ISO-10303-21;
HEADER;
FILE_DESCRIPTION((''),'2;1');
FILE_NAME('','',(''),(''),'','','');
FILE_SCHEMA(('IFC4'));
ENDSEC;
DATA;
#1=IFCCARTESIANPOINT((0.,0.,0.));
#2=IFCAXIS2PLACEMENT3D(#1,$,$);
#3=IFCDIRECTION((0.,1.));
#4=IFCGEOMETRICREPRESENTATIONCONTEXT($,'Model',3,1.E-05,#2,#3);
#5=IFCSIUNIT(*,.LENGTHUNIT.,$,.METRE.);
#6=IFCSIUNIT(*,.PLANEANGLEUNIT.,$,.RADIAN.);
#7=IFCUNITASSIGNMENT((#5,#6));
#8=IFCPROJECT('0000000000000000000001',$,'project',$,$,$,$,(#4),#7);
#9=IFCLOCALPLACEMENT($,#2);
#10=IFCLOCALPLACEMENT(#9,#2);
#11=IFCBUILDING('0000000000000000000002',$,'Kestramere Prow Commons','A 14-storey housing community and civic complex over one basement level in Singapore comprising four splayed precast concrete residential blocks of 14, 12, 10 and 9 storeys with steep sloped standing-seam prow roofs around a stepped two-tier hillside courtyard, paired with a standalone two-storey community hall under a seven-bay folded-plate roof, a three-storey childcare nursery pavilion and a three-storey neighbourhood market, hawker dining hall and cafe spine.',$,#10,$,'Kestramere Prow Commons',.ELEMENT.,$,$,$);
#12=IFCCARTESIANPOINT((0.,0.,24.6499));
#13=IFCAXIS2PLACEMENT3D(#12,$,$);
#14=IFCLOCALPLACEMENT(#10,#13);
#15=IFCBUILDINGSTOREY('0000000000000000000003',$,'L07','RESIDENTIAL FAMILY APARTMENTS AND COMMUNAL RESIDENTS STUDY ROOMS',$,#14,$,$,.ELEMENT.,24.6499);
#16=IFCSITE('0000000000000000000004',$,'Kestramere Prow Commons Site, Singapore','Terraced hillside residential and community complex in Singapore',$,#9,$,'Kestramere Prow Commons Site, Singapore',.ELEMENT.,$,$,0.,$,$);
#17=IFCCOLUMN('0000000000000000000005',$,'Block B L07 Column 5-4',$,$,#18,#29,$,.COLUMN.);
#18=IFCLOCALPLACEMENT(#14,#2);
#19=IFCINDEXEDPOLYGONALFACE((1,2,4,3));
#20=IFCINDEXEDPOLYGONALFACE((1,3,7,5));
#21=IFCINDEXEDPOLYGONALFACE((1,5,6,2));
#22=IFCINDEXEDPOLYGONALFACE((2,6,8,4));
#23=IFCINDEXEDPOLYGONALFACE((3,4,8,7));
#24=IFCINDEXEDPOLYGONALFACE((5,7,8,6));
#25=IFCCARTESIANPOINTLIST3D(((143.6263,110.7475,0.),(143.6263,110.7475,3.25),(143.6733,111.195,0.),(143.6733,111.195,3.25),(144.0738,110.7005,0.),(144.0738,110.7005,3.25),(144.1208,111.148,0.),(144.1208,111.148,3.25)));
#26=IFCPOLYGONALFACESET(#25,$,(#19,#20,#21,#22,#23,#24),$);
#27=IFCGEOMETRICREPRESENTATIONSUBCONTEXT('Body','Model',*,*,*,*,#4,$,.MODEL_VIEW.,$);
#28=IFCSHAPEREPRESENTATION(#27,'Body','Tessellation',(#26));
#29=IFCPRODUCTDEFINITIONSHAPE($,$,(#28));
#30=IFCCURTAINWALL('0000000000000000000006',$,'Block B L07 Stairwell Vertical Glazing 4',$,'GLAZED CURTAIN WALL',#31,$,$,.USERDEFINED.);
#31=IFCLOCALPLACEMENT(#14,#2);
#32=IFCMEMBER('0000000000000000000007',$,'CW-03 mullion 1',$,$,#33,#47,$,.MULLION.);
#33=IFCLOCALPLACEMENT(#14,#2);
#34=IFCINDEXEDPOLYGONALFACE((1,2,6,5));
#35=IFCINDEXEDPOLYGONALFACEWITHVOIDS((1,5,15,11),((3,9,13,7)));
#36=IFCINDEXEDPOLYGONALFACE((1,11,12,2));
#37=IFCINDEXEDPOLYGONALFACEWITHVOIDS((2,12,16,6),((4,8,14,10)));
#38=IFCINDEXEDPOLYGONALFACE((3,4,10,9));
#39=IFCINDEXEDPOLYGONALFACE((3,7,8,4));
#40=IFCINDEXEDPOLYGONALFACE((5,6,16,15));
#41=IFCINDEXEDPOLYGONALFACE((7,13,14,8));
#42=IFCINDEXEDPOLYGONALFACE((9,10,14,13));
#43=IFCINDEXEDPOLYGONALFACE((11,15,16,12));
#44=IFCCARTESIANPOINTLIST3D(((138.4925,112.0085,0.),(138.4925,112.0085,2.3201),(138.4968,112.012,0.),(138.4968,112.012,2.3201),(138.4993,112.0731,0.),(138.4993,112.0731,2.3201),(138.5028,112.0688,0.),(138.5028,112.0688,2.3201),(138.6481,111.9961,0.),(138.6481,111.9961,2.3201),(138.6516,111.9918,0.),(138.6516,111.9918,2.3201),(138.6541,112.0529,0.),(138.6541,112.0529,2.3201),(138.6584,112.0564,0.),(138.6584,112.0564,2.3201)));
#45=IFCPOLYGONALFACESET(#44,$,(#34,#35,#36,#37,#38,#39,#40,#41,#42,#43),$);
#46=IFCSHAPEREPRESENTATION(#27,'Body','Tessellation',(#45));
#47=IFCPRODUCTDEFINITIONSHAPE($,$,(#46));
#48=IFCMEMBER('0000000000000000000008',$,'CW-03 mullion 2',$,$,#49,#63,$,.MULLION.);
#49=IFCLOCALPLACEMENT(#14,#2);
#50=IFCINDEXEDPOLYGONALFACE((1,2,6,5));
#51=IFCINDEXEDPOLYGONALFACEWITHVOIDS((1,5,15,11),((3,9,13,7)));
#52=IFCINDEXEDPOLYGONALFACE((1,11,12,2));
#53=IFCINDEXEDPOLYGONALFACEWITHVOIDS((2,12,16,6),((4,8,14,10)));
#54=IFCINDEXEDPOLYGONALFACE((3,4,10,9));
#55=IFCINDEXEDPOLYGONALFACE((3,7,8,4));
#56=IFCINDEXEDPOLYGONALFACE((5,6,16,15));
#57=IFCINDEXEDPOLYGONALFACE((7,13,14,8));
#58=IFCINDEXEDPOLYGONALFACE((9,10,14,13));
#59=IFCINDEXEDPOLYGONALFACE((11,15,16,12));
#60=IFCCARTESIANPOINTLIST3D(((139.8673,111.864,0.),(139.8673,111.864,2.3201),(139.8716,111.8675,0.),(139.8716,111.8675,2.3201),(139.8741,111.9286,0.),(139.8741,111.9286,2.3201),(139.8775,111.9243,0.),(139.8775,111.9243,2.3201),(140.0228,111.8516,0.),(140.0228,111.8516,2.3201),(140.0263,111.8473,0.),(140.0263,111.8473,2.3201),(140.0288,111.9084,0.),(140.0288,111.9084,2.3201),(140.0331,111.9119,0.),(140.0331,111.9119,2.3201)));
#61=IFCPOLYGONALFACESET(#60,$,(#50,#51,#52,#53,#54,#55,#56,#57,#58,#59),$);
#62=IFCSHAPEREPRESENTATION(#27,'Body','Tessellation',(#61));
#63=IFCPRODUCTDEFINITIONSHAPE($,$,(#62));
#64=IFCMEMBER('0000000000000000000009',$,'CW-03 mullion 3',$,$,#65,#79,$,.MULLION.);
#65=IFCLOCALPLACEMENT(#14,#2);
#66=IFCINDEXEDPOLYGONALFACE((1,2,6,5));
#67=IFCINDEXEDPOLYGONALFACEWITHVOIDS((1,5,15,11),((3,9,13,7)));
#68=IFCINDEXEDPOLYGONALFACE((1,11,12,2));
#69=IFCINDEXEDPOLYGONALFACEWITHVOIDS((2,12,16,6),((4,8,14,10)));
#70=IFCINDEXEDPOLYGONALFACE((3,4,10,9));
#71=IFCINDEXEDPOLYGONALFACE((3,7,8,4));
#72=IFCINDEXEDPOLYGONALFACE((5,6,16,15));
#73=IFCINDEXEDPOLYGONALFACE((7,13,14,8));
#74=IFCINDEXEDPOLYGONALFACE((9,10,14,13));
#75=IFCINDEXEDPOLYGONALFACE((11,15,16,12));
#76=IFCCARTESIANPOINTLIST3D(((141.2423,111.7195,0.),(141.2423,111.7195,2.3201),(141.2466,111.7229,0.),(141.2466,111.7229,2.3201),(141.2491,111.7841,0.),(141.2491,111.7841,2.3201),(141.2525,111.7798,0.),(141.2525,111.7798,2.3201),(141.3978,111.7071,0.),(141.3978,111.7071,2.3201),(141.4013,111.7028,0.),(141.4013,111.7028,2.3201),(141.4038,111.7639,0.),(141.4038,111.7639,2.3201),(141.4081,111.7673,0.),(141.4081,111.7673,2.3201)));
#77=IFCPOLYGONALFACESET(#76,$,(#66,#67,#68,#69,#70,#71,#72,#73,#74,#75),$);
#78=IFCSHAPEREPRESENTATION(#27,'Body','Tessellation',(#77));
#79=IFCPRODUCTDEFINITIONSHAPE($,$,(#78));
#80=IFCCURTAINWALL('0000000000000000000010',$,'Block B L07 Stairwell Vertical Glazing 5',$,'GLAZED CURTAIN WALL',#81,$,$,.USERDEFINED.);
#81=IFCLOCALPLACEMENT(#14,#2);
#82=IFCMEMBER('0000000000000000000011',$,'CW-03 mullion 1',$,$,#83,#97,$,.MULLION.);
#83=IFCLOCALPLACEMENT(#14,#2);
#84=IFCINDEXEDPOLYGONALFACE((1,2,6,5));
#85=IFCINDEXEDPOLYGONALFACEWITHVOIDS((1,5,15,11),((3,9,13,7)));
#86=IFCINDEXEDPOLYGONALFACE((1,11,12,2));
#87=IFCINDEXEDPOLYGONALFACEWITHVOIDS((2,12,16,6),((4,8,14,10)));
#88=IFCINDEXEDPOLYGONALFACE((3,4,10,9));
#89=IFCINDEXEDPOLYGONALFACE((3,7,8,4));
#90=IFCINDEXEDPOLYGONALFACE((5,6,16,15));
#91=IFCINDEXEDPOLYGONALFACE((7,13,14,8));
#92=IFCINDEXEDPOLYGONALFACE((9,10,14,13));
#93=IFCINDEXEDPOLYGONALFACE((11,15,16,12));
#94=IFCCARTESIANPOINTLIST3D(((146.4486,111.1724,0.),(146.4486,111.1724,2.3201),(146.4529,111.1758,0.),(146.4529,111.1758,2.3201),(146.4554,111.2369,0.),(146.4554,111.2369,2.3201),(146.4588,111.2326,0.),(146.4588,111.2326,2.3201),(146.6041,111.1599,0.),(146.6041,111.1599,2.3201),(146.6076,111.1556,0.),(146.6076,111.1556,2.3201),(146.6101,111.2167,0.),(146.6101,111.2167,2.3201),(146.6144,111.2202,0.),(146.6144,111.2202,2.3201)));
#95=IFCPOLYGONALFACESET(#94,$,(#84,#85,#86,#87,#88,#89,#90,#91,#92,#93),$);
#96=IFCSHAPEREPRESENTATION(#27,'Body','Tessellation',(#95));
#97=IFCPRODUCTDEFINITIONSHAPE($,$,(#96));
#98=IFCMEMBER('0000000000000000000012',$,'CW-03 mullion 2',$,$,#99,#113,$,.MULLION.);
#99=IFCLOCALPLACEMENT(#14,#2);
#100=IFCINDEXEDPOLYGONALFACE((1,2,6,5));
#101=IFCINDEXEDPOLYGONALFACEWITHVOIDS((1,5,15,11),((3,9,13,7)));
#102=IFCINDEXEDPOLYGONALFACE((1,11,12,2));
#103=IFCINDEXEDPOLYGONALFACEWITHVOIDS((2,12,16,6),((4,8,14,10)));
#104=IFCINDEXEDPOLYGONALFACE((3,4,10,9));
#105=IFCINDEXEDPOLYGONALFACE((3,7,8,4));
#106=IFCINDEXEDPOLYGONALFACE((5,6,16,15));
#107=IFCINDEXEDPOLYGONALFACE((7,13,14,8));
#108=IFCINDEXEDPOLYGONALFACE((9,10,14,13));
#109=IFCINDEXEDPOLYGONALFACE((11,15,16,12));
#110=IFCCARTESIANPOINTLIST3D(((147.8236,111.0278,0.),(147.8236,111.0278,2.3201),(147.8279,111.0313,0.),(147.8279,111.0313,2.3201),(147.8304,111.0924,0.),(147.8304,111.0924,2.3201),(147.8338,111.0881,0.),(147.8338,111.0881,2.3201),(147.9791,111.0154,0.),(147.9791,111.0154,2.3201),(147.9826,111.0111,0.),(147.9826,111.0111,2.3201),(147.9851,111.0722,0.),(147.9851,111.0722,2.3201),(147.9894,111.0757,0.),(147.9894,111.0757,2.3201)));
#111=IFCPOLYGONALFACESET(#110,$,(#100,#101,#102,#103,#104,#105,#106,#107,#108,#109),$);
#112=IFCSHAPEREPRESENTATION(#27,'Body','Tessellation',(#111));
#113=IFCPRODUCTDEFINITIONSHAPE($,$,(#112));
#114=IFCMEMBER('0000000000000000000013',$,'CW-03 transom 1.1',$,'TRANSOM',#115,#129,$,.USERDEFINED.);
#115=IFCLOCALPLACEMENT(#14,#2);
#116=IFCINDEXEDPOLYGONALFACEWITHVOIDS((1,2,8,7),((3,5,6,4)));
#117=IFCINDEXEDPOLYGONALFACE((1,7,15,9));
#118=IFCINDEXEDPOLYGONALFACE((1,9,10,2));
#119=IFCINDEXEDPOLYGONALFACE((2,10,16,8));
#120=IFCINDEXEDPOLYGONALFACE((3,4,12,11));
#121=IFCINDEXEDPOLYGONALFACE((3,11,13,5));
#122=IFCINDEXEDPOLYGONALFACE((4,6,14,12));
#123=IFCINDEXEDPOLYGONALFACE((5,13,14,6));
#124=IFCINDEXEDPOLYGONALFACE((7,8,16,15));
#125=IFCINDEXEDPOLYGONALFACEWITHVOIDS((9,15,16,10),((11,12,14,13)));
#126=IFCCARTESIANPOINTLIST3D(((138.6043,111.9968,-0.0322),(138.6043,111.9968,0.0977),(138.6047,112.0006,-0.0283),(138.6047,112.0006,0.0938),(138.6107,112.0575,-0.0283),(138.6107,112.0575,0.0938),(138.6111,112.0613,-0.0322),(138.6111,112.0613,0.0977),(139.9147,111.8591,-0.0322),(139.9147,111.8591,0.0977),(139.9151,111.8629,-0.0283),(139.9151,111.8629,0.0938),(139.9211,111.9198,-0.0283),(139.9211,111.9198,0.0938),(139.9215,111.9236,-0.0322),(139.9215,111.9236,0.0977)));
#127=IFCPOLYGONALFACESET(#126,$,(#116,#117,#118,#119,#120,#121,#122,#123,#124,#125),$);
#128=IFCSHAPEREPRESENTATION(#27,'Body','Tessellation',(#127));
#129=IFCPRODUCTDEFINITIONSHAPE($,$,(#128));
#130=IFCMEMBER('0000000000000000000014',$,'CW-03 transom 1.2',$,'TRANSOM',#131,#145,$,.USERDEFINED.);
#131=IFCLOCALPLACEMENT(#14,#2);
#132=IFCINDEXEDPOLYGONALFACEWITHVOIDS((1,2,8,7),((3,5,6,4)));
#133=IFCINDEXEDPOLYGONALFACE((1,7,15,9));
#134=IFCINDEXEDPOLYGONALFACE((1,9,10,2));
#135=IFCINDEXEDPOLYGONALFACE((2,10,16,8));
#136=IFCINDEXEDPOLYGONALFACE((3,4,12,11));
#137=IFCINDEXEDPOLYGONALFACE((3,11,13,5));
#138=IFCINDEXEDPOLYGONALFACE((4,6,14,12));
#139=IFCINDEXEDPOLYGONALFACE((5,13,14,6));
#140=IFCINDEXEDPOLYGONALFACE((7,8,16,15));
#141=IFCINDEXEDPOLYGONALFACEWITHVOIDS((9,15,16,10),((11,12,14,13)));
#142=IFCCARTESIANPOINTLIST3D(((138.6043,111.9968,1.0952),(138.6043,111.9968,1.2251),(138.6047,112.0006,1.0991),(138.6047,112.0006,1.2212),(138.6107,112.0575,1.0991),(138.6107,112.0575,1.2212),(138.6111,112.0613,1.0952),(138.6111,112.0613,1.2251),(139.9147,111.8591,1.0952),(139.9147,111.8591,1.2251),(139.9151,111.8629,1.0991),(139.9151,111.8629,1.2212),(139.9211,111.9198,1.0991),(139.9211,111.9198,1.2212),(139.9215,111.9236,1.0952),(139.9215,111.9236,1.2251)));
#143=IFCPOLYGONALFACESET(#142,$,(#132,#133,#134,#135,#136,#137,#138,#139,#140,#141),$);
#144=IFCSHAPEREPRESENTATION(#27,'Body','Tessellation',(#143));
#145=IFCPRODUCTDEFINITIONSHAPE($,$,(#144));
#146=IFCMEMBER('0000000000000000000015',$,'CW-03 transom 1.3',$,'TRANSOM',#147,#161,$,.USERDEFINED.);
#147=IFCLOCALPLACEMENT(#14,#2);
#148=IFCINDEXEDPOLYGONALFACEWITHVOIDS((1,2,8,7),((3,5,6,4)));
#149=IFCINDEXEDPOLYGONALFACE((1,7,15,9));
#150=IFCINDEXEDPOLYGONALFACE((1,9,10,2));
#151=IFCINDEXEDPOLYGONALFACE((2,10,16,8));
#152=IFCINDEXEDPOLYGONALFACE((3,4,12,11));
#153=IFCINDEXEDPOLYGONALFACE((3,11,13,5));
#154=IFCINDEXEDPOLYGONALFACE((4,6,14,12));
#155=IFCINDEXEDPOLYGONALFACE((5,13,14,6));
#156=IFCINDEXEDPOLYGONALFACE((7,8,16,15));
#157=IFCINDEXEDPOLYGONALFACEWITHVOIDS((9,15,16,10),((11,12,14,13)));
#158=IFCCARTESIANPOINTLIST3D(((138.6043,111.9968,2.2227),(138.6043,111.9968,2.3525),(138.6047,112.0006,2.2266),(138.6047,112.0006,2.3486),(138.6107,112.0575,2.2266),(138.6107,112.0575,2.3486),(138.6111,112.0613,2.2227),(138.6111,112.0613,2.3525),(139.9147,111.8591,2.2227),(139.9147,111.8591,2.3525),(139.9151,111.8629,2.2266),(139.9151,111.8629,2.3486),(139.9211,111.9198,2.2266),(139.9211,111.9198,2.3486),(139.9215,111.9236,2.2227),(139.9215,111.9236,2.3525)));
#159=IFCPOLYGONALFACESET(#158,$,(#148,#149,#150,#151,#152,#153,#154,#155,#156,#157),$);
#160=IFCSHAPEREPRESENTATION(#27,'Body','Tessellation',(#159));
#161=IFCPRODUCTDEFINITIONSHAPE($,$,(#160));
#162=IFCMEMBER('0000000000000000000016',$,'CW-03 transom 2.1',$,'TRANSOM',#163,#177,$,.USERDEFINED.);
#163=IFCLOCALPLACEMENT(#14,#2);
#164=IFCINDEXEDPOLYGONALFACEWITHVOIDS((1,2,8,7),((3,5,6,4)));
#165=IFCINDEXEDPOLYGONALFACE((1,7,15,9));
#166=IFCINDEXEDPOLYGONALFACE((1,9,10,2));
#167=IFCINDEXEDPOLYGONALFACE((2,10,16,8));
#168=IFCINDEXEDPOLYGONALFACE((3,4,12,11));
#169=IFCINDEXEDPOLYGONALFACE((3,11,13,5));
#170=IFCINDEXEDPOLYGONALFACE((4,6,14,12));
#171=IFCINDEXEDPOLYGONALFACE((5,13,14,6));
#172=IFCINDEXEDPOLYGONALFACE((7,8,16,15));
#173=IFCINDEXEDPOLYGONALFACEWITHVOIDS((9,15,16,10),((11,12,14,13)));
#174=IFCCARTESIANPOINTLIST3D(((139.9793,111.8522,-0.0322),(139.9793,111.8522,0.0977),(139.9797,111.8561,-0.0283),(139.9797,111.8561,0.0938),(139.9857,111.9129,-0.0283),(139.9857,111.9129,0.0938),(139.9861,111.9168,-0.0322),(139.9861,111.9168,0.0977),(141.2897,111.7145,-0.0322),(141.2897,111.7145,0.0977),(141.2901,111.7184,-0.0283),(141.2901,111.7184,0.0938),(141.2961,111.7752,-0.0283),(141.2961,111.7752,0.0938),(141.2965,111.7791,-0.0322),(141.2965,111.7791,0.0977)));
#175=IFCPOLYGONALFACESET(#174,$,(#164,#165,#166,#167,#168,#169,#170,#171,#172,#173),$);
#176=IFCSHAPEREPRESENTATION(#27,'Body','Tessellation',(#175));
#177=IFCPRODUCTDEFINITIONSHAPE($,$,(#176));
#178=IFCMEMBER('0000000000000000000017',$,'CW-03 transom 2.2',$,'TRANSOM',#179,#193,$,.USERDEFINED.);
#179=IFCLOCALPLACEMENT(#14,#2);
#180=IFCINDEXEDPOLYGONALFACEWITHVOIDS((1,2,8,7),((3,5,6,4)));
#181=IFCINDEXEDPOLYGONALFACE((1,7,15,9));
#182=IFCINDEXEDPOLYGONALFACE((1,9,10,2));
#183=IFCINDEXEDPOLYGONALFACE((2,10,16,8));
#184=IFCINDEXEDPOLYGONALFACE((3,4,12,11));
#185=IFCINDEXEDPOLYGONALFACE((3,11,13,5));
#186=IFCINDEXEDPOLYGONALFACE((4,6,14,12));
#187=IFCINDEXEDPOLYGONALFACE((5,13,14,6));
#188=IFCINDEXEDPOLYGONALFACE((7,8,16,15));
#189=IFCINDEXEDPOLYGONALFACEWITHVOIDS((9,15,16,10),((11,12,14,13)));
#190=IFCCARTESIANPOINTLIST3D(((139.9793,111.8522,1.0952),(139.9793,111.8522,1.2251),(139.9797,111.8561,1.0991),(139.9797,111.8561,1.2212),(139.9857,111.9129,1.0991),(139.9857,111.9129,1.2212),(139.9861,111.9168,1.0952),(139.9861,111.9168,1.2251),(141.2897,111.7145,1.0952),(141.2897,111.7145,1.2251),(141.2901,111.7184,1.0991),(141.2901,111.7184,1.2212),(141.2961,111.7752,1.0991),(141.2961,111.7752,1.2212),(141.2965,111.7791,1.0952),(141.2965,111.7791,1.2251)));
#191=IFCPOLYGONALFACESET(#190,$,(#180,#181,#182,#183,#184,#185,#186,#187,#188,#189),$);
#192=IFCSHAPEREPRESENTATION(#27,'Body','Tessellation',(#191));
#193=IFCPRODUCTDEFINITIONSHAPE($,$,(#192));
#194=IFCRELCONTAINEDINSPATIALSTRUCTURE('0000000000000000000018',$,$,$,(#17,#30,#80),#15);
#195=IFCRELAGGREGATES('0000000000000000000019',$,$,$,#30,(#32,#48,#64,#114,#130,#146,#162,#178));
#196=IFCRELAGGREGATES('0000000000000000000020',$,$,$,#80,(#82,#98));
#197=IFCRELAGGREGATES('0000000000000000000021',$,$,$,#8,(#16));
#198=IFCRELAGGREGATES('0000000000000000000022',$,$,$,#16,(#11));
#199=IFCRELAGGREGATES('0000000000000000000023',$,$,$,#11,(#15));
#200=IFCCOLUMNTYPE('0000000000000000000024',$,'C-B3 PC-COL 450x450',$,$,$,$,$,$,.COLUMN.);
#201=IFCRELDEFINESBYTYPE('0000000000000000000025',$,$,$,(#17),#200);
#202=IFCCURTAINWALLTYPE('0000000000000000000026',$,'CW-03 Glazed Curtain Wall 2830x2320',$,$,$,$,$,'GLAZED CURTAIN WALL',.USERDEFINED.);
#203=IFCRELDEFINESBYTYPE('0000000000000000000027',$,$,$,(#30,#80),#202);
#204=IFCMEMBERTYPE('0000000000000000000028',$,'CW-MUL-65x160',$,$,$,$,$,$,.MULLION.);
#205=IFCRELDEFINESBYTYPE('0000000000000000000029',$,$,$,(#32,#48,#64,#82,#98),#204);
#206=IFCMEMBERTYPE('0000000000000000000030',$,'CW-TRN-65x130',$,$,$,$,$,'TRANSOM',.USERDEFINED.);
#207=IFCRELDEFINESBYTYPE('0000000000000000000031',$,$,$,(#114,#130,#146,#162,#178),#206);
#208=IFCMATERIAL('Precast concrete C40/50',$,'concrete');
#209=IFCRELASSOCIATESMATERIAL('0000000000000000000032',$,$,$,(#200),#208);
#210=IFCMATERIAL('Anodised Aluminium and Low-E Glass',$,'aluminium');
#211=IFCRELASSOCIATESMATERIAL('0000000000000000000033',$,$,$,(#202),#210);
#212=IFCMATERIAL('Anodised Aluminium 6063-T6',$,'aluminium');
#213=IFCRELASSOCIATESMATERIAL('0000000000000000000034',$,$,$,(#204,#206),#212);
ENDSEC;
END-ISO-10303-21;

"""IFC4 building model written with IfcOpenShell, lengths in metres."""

from ifc_helpers import new_model, si_unit, direction, frame, origin, origin_2d, place, context, subcontext, project, spatial, rectangle, hollow_rectangle, extrude, material, material_profile, profile_set, type_object, element, aggregate, save


model = new_model("IFC4")

# Units and contexts
model_context = context("Model", 3, precision=1e-05, world=origin(), true_north=direction((0.0, 1.0)))
body_context = subcontext(model_context, "Body", "Model", "MODEL_VIEW")
ifc_project = project(units=[si_unit("LENGTHUNIT", "METRE"), si_unit("PLANEANGLEUNIT", "RADIAN")], contexts=[model_context])

# Site, building, storey
site_placement = place(None, origin())
site = spatial("IfcSite", under=ifc_project, at=site_placement, Name="Kestramere Prow Commons Site, Singapore", Description="Terraced hillside residential and community complex in Singapore", LongName="Kestramere Prow Commons Site, Singapore", CompositionType="ELEMENT", RefElevation=0.0)
building_placement = place(site_placement, origin())
building = spatial("IfcBuilding", under=site, at=building_placement, Name="Kestramere Prow Commons", Description="A 14-storey housing community and civic complex over one basement level in Singapore comprising four splayed precast concrete residential blocks of 14, 12, 10 and 9 storeys with steep sloped standing-seam prow roofs around a stepped two-tier hillside courtyard, paired with a standalone two-storey community hall under a seven-bay folded-plate roof, a three-storey childcare nursery pavilion and a three-storey neighbourhood market, hawker dining hall and cafe spine.", LongName="Kestramere Prow Commons", CompositionType="ELEMENT")
storey_placement = place(building_placement, frame((0.0, 0.0, 24.6499)))
storey = spatial("IfcBuildingStorey", under=building, at=storey_placement, Name="L07", Description="RESIDENTIAL FAMILY APARTMENTS AND COMMUNAL RESIDENTS STUDY ROOMS", CompositionType="ELEMENT", Elevation=24.6499)

# Column
ifc_material_1 = material(Name="Precast concrete C40/50", Category="concrete")
ifc_material_profile_1 = material_profile(ifc_material_1, rectangle(XDim=0.45, YDim=0.45, at=origin_2d()), Name="PC-COL 450x450")
ifc_profile_set_1 = profile_set([ifc_material_profile_1], Name="Precast concrete C40/50")
column_type = type_object("IfcColumnType", Name="C-B3 PC-COL 450x450", PredefinedType="COLUMN", material=ifc_profile_set_1)
column_placement = place(storey_placement, frame((143.8735, 110.9478, 0.0), z_axis=(0.0, 0.0, 1.0), x_axis=(0.994522, -0.104528, 0.0)))
element("IfcColumn", 1, at=column_placement, inside=storey, type_object=column_type, Name="Block B L07 Column 5-4", PredefinedType="COLUMN", context=body_context, shape_type="SweptSolid", body=[
    extrude(rectangle(XDim=0.45, YDim=0.45, at=origin_2d()), origin(), (0.0, 0.0, 1.0), 3.25),
])

# Curtain walls, members
ifc_material_2 = material(Name="Anodised Aluminium and Low-E Glass", Category="aluminium")
curtain_wall_type = type_object("IfcCurtainWallType", Name="CW-03 Glazed Curtain Wall 2830x2320", ElementType="GLAZED CURTAIN WALL", PredefinedType="USERDEFINED", material=ifc_material_2)
curtain_wall_1_placement = place(storey_placement, origin())
curtain_wall_1 = element("IfcCurtainWall", 2, at=curtain_wall_1_placement, inside=storey, type_object=curtain_wall_type, Name="Block B L07 Stairwell Vertical Glazing 4", ObjectType="GLAZED CURTAIN WALL", PredefinedType="USERDEFINED")
ifc_material_3 = material(Name="Anodised Aluminium 6063-T6", Category="aluminium")
ifc_material_profile_2 = material_profile(ifc_material_3, hollow_rectangle(XDim=0.0649, YDim=0.1599, WallThickness=0.0039, at=origin_2d()), Name="ALU-MUL 65x160")
ifc_profile_set_2 = profile_set([ifc_material_profile_2], Name="Anodised Aluminium 6063-T6")
member_type_1 = type_object("IfcMemberType", Name="CW-MUL-65x160", PredefinedType="MULLION", material=ifc_profile_set_2)
member_1_placement = place(storey_placement, frame((138.5754, 112.0325, 0.0), z_axis=(0.0, 0.0, 1.0), x_axis=(0.104529, 0.994522, 0.0)))
member_1 = element("IfcMember", 3, at=member_1_placement, type_object=member_type_1, Name="CW-03 mullion 1", PredefinedType="MULLION", context=body_context, shape_type="SweptSolid", body=[
    extrude(hollow_rectangle(XDim=0.0649, YDim=0.1599, WallThickness=0.0039, at=origin_2d()), origin(), (0.0, 0.0, 1.0), 2.3201),
])
member_2_placement = place(storey_placement, frame((139.9502, 111.8879, 0.0), z_axis=(0.0, 0.0, 1.0), x_axis=(0.104529, 0.994522, 0.0)))
member_2 = element("IfcMember", 4, at=member_2_placement, type_object=member_type_1, Name="CW-03 mullion 2", PredefinedType="MULLION", context=body_context, shape_type="SweptSolid", body=[
    extrude(hollow_rectangle(XDim=0.0649, YDim=0.1599, WallThickness=0.0039, at=origin_2d()), origin(), (0.0, 0.0, 1.0), 2.3201),
])
member_3_placement = place(storey_placement, frame((141.3252, 111.7434, 0.0), z_axis=(0.0, 0.0, 1.0), x_axis=(0.104529, 0.994522, 0.0)))
member_3 = element("IfcMember", 5, at=member_3_placement, type_object=member_type_1, Name="CW-03 mullion 3", PredefinedType="MULLION", context=body_context, shape_type="SweptSolid", body=[
    extrude(hollow_rectangle(XDim=0.0649, YDim=0.1599, WallThickness=0.0039, at=origin_2d()), origin(), (0.0, 0.0, 1.0), 2.3201),
])
curtain_wall_2_placement = place(storey_placement, origin())
curtain_wall_2 = element("IfcCurtainWall", 6, at=curtain_wall_2_placement, inside=storey, type_object=curtain_wall_type, Name="Block B L07 Stairwell Vertical Glazing 5", ObjectType="GLAZED CURTAIN WALL", PredefinedType="USERDEFINED")
member_4_placement = place(storey_placement, frame((146.5315, 111.1963, 0.0), z_axis=(0.0, 0.0, 1.0), x_axis=(0.104528, 0.994522, 0.0)))
member_4 = element("IfcMember", 7, at=member_4_placement, type_object=member_type_1, Name="CW-03 mullion 1", PredefinedType="MULLION", context=body_context, shape_type="SweptSolid", body=[
    extrude(hollow_rectangle(XDim=0.0649, YDim=0.1599, WallThickness=0.0039, at=origin_2d()), origin(), (0.0, 0.0, 1.0), 2.3201),
])
member_5_placement = place(storey_placement, frame((147.9065, 111.0518, 0.0), z_axis=(0.0, 0.0, 1.0), x_axis=(0.104528, 0.994522, 0.0)))
member_5 = element("IfcMember", 8, at=member_5_placement, type_object=member_type_1, Name="CW-03 mullion 2", PredefinedType="MULLION", context=body_context, shape_type="SweptSolid", body=[
    extrude(hollow_rectangle(XDim=0.0649, YDim=0.1599, WallThickness=0.0039, at=origin_2d()), origin(), (0.0, 0.0, 1.0), 2.3201),
])

# Members
ifc_material_profile_3 = material_profile(ifc_material_3, hollow_rectangle(XDim=0.0649, YDim=0.1299, WallThickness=0.0039, at=origin_2d()), Name="ALU-TRN 65x130")
ifc_profile_set_3 = profile_set([ifc_material_profile_3], Name="Anodised Aluminium 6063-T6")
member_type_2 = type_object("IfcMemberType", Name="CW-TRN-65x130", ElementType="TRANSOM", PredefinedType="USERDEFINED", material=ifc_profile_set_3)
member_6_placement = place(storey_placement, frame((138.6077, 112.0291, 0.0327), z_axis=(0.994524, -0.104511, 0.0), x_axis=(0.104511, 0.994524, 0.0)))
member_6 = element("IfcMember", 9, at=member_6_placement, type_object=member_type_2, Name="CW-03 transom 1.1", ObjectType="TRANSOM", PredefinedType="USERDEFINED", context=body_context, shape_type="SweptSolid", body=[
    extrude(hollow_rectangle(XDim=0.0649, YDim=0.1299, WallThickness=0.0039, at=origin_2d()), origin(), (0.0, 0.0, 1.0), 1.3176),
])
member_7_placement = place(storey_placement, frame((138.6077, 112.0291, 1.1602), z_axis=(0.994524, -0.104511, 0.0), x_axis=(0.104511, 0.994524, 0.0)))
member_7 = element("IfcMember", 10, at=member_7_placement, type_object=member_type_2, Name="CW-03 transom 1.2", ObjectType="TRANSOM", PredefinedType="USERDEFINED", context=body_context, shape_type="SweptSolid", body=[
    extrude(hollow_rectangle(XDim=0.0649, YDim=0.1299, WallThickness=0.0039, at=origin_2d()), origin(), (0.0, 0.0, 1.0), 1.3176),
])
member_8_placement = place(storey_placement, frame((138.6077, 112.0291, 2.2876), z_axis=(0.994524, -0.104511, 0.0), x_axis=(0.104511, 0.994524, 0.0)))
member_8 = element("IfcMember", 11, at=member_8_placement, type_object=member_type_2, Name="CW-03 transom 1.3", ObjectType="TRANSOM", PredefinedType="USERDEFINED", context=body_context, shape_type="SweptSolid", body=[
    extrude(hollow_rectangle(XDim=0.0649, YDim=0.1299, WallThickness=0.0039, at=origin_2d()), origin(), (0.0, 0.0, 1.0), 1.3176),
])
member_9_placement = place(storey_placement, frame((139.9827, 111.8845, 0.0327), z_axis=(0.994524, -0.104511, 0.0), x_axis=(0.104511, 0.994524, 0.0)))
member_9 = element("IfcMember", 12, at=member_9_placement, type_object=member_type_2, Name="CW-03 transom 2.1", ObjectType="TRANSOM", PredefinedType="USERDEFINED", context=body_context, shape_type="SweptSolid", body=[
    extrude(hollow_rectangle(XDim=0.0649, YDim=0.1299, WallThickness=0.0039, at=origin_2d()), origin(), (0.0, 0.0, 1.0), 1.3176),
])
member_10_placement = place(storey_placement, frame((139.9827, 111.8845, 1.1602), z_axis=(0.994524, -0.104511, 0.0), x_axis=(0.104511, 0.994524, 0.0)))
member_10 = element("IfcMember", 13, at=member_10_placement, type_object=member_type_2, Name="CW-03 transom 2.2", ObjectType="TRANSOM", PredefinedType="USERDEFINED", context=body_context, shape_type="SweptSolid", body=[
    extrude(hollow_rectangle(XDim=0.0649, YDim=0.1299, WallThickness=0.0039, at=origin_2d()), origin(), (0.0, 0.0, 1.0), 1.3176),
])

aggregate(curtain_wall_1, [member_1, member_2, member_3, member_6, member_7, member_8, member_9, member_10])
aggregate(curtain_wall_2, [member_4, member_5])

save(model, "model.ifc")
